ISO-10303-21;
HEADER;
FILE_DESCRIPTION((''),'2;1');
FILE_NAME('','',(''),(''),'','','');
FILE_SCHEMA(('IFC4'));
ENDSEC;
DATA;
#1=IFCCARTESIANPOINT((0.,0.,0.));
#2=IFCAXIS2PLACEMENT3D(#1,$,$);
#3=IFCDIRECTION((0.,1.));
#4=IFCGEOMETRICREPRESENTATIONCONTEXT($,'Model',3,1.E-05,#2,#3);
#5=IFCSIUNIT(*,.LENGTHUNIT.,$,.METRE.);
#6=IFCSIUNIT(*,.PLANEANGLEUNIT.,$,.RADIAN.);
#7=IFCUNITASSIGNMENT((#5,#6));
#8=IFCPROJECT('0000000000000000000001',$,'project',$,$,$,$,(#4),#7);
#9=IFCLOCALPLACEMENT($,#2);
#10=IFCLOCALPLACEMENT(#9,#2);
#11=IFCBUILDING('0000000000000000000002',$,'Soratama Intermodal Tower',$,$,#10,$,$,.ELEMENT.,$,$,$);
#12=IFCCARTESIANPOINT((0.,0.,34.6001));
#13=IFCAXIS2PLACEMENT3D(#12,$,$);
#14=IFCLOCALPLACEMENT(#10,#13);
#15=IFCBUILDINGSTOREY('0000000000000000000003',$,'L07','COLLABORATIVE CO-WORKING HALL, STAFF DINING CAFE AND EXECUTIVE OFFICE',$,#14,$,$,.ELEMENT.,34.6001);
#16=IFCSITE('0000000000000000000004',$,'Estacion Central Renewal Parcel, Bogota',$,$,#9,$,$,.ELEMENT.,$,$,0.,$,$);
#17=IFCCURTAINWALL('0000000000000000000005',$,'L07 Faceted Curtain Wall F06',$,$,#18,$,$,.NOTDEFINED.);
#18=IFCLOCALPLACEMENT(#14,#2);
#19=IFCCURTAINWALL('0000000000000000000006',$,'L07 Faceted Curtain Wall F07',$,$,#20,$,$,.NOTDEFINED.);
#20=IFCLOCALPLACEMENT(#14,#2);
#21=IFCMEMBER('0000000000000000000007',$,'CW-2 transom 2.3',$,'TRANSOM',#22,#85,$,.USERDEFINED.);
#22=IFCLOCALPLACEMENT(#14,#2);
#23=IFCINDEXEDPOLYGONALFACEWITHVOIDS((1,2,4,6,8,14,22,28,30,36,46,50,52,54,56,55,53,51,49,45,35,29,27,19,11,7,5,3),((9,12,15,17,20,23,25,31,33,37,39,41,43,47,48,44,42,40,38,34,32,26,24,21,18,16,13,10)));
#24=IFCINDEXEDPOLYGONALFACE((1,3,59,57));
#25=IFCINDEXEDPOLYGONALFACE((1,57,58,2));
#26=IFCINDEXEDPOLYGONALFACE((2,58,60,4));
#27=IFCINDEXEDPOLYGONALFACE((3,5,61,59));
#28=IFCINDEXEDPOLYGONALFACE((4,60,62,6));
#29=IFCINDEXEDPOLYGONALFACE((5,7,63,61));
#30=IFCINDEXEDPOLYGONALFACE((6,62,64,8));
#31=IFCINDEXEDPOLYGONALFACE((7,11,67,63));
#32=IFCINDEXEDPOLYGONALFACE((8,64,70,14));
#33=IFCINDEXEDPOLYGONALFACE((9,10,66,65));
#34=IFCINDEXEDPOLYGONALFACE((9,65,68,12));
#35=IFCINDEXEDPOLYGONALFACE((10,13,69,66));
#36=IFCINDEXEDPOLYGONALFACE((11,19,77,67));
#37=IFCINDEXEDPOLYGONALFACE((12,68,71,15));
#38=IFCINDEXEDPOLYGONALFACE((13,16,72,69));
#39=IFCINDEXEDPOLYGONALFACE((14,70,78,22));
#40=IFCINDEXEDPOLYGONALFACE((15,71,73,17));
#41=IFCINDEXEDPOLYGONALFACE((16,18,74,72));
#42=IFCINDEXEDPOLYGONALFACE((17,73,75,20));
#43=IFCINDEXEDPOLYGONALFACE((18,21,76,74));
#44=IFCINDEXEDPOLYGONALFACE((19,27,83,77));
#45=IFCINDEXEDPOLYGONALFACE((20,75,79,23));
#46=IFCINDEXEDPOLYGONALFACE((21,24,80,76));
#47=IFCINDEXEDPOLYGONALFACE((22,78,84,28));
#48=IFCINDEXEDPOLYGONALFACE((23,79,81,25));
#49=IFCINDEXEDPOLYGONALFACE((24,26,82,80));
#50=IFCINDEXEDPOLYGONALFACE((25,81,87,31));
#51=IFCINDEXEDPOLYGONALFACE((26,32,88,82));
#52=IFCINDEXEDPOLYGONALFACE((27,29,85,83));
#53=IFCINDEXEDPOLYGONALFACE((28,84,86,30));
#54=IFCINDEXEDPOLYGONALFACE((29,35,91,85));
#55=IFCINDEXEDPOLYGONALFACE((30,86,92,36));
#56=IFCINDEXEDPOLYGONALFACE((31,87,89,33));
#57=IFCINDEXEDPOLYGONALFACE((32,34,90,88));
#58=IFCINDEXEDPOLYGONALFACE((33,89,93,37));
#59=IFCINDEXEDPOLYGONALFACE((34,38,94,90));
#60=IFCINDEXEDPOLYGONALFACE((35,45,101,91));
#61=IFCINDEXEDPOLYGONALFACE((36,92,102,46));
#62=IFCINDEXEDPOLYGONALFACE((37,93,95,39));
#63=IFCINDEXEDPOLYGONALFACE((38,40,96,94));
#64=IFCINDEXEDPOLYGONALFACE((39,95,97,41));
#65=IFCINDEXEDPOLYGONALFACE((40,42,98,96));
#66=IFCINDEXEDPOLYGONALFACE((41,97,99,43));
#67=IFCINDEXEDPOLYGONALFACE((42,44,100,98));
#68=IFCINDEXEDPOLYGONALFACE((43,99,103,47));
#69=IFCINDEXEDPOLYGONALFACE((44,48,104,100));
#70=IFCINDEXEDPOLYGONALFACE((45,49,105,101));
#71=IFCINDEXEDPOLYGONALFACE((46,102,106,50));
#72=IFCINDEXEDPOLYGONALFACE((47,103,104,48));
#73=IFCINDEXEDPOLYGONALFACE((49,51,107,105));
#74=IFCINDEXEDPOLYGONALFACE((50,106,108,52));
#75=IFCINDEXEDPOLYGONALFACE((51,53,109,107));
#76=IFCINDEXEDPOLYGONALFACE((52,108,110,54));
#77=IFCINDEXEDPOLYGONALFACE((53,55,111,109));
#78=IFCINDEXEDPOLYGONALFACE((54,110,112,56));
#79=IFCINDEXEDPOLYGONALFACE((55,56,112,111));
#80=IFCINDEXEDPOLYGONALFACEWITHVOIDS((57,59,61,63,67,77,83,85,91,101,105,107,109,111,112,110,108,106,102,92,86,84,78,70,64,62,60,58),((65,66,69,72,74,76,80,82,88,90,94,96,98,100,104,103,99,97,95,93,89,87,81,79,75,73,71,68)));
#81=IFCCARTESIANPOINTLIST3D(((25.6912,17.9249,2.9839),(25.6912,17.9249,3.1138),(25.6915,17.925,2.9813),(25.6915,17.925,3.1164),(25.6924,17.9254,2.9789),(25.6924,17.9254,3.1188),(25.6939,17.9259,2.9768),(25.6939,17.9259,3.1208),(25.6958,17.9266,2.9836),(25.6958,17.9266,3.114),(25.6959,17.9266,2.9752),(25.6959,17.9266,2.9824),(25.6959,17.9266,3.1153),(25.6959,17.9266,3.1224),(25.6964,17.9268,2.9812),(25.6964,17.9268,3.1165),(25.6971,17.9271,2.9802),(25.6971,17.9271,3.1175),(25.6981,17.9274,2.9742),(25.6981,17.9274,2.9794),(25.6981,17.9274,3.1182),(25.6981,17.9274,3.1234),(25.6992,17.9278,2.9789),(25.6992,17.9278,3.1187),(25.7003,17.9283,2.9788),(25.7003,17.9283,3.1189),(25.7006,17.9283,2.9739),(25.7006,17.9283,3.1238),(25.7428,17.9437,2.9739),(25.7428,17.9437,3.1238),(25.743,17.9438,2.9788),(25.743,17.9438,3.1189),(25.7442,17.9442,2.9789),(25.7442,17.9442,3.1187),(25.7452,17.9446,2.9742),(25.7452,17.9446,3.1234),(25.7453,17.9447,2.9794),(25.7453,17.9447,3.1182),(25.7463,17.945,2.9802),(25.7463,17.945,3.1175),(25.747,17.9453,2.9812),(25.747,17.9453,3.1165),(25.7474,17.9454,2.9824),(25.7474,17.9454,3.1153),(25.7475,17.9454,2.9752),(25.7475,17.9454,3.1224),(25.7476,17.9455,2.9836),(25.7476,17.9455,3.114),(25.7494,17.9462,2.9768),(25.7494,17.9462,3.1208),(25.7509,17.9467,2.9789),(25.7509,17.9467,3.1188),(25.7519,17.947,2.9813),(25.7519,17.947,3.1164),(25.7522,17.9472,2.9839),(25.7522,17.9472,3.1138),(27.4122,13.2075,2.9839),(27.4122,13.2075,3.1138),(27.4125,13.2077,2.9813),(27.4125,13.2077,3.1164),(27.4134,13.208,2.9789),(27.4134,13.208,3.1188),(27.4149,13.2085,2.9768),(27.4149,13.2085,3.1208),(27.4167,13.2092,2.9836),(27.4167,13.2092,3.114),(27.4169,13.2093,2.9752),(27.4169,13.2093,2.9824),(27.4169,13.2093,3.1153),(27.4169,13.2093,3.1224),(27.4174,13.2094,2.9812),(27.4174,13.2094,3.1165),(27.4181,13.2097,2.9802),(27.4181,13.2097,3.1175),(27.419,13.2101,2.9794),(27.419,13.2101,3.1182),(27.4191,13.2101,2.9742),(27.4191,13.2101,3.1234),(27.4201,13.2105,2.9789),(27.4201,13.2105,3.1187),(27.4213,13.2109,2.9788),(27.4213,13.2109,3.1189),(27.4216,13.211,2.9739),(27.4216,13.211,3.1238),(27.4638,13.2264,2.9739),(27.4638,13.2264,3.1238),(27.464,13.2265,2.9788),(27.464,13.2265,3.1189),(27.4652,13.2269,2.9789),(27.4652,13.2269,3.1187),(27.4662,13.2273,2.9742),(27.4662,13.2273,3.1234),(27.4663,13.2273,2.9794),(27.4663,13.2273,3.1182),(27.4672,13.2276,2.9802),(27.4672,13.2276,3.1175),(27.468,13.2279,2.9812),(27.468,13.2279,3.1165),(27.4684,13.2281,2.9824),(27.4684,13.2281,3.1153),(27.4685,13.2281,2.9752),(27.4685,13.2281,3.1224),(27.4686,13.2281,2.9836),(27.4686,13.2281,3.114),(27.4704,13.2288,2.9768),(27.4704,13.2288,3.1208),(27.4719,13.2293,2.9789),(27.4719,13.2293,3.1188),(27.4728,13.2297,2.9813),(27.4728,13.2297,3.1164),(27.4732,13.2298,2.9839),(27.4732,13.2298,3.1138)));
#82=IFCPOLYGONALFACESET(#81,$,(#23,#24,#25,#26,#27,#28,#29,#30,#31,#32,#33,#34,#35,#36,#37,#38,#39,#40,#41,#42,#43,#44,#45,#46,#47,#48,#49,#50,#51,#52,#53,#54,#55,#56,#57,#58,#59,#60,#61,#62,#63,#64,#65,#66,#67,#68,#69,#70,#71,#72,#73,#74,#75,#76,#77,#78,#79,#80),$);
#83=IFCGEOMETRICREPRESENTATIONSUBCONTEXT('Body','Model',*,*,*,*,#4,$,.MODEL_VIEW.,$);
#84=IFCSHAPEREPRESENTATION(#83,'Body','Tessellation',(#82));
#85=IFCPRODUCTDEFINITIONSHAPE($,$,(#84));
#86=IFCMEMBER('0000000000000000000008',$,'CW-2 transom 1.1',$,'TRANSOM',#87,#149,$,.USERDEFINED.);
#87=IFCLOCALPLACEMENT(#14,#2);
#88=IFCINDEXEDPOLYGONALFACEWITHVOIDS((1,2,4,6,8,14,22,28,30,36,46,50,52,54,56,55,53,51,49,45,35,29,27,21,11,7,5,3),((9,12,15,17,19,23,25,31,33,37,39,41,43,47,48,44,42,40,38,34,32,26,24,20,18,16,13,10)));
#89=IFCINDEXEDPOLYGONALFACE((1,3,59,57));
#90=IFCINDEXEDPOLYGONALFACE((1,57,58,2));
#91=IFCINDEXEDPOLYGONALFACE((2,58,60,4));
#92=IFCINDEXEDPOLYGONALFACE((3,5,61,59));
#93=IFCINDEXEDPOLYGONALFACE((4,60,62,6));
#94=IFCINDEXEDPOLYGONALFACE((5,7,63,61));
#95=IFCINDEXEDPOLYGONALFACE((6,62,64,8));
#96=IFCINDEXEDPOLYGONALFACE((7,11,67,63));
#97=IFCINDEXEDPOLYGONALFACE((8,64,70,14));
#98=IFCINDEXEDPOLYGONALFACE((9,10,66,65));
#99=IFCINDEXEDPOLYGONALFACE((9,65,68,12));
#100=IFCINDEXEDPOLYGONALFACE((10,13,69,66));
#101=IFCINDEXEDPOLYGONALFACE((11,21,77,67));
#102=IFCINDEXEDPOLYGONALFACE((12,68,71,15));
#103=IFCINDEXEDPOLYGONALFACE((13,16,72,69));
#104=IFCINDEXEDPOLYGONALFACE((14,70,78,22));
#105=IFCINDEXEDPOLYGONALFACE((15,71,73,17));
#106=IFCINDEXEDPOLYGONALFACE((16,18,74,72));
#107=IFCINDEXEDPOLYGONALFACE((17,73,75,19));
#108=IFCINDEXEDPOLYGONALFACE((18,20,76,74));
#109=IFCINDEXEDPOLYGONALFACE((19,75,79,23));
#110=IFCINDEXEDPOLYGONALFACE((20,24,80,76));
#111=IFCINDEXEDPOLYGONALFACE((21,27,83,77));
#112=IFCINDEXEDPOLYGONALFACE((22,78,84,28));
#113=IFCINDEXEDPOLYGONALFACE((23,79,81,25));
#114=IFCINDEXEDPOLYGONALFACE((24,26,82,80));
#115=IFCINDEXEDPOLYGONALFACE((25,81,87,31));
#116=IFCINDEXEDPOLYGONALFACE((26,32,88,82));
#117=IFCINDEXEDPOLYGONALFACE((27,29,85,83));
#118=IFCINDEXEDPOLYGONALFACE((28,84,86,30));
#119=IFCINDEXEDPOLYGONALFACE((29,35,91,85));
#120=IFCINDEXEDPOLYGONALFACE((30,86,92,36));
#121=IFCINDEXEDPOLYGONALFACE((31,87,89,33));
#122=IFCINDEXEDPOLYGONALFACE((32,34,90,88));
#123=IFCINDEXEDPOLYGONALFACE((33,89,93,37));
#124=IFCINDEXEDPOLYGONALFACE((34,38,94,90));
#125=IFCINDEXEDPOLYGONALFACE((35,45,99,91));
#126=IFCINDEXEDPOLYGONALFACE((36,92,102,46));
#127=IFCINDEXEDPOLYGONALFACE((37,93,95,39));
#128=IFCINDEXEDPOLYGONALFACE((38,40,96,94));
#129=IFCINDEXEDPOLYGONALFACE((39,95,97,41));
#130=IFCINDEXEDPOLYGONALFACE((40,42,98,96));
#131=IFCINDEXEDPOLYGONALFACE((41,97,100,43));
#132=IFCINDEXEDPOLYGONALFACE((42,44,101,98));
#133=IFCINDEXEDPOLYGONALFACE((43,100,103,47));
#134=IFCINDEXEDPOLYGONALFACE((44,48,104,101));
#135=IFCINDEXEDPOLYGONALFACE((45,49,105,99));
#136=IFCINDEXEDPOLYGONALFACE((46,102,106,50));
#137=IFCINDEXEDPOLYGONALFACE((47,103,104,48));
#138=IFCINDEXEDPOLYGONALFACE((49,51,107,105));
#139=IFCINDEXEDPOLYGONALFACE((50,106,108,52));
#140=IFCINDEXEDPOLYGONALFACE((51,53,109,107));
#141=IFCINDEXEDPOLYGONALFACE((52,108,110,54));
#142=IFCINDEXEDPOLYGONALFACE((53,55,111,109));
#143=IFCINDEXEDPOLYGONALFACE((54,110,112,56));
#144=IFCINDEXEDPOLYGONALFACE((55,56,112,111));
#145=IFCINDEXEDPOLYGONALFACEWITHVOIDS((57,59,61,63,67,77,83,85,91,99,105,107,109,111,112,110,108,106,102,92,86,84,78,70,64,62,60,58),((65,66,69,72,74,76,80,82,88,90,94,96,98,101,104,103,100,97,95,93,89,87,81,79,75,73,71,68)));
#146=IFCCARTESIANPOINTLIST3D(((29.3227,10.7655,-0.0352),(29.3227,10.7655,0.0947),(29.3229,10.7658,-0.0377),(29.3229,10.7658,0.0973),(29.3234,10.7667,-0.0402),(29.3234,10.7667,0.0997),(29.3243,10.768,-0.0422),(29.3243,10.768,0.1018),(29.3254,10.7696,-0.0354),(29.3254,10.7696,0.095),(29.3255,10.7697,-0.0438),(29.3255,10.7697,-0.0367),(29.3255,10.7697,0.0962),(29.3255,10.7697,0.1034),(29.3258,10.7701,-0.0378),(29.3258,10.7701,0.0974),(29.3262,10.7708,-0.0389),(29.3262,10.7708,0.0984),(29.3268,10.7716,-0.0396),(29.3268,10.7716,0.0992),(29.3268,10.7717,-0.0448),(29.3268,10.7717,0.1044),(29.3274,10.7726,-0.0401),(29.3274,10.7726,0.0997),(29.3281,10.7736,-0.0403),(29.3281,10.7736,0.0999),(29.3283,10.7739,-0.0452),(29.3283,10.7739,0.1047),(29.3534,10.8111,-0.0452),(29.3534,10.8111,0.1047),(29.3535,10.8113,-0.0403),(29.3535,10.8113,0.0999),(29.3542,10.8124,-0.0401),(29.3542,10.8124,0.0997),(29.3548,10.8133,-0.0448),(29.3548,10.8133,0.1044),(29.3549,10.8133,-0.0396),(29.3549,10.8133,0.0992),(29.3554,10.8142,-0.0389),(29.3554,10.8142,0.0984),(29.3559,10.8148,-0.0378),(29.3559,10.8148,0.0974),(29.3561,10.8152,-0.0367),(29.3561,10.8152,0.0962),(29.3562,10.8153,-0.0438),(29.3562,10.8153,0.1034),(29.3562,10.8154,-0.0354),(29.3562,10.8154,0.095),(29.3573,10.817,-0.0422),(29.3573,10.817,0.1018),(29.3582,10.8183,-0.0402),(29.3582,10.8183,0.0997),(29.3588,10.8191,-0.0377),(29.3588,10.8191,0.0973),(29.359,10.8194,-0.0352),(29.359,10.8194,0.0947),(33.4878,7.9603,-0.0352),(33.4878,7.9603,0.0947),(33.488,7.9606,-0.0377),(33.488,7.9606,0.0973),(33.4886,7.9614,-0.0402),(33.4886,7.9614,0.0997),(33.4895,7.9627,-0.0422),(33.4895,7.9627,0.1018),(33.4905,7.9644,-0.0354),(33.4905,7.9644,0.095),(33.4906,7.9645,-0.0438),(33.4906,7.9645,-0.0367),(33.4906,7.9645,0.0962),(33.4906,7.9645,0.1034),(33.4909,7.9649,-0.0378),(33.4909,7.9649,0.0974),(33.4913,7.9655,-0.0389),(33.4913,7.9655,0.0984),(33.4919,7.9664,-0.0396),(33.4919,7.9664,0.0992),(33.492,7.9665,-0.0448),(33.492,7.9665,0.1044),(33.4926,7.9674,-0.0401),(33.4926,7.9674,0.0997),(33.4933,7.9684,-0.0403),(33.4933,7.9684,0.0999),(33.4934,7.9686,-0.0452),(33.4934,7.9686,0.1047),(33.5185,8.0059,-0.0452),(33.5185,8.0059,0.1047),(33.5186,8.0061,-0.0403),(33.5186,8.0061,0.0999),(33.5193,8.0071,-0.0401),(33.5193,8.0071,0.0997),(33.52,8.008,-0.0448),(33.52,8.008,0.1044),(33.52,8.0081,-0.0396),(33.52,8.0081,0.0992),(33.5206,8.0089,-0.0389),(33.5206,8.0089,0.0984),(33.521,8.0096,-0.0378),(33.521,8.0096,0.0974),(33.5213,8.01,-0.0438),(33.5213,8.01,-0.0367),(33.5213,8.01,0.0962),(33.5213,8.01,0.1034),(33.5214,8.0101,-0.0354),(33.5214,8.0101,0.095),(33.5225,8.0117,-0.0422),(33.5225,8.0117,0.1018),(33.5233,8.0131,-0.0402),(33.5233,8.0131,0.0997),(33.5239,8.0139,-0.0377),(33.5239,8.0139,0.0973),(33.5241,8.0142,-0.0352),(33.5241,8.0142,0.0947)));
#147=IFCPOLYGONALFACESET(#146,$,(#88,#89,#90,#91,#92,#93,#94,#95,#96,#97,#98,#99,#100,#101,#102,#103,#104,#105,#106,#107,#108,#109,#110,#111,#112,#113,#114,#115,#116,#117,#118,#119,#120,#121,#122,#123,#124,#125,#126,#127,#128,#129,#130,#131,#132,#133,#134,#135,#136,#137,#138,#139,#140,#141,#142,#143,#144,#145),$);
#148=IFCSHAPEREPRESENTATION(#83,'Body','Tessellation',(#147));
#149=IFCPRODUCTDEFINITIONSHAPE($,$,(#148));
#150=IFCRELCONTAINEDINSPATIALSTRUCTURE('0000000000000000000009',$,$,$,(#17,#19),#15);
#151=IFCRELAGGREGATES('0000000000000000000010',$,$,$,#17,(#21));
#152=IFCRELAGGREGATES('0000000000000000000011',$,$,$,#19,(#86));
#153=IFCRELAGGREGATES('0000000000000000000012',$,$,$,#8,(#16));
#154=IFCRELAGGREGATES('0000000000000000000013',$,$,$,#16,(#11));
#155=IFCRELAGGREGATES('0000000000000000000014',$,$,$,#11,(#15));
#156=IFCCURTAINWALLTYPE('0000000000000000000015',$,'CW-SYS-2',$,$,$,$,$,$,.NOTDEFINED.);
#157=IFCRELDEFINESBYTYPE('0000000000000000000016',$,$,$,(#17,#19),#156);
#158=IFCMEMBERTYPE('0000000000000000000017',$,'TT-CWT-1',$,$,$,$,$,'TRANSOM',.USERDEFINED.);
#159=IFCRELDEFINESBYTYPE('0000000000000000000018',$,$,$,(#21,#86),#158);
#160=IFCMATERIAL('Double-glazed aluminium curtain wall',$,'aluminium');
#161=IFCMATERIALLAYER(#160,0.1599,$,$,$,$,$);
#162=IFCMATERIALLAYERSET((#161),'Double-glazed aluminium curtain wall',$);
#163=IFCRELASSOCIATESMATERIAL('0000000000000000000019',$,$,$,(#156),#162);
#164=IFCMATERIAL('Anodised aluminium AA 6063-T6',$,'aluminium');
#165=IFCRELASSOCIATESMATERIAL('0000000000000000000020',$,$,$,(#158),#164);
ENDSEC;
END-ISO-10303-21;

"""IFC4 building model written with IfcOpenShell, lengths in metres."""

from ifc_helpers import new_model, si_unit, direction, frame, origin, origin_2d, place, context, subcontext, project, spatial, hollow_rectangle, extrude, material, layer, layer_set, material_profile, profile_set, type_object, element, aggregate, save


model = new_model("IFC4")

# Units and contexts
model_context = context("Model", 3, precision=1e-05, world=origin(), true_north=direction((0.0, 1.0)))
body_context = subcontext(model_context, "Body", "Model", "MODEL_VIEW")
ifc_project = project(units=[si_unit("LENGTHUNIT", "METRE"), si_unit("PLANEANGLEUNIT", "RADIAN")], contexts=[model_context])

# Site, building, storey
site_placement = place(None, origin())
site = spatial("IfcSite", under=ifc_project, at=site_placement, Name="Estacion Central Renewal Parcel, Bogota", CompositionType="ELEMENT", RefElevation=0.0)
building_placement = place(site_placement, origin())
building = spatial("IfcBuilding", under=site, at=building_placement, Name="Soratama Intermodal Tower", CompositionType="ELEMENT")
storey_placement = place(building_placement, frame((0.0, 0.0, 34.6001)))
storey = spatial("IfcBuildingStorey", under=building, at=storey_placement, Name="L07", Description="COLLABORATIVE CO-WORKING HALL, STAFF DINING CAFE AND EXECUTIVE OFFICE", CompositionType="ELEMENT", Elevation=34.6001)

# Curtain walls
ifc_material_1 = material(Name="Double-glazed aluminium curtain wall", Category="aluminium")
ifc_layer_1 = layer(ifc_material_1, 0.1599)
ifc_layer_set_1 = layer_set([ifc_layer_1], Name="Double-glazed aluminium curtain wall")
curtain_wall_type = type_object("IfcCurtainWallType", Name="CW-SYS-2", PredefinedType="NOTDEFINED", material=ifc_layer_set_1)
curtain_wall_1_placement = place(storey_placement, origin())
curtain_wall_1 = element("IfcCurtainWall", 1, at=curtain_wall_1_placement, inside=storey, type_object=curtain_wall_type, Name="L07 Faceted Curtain Wall F06", PredefinedType="NOTDEFINED")
curtain_wall_2_placement = place(storey_placement, origin())
curtain_wall_2 = element("IfcCurtainWall", 2, at=curtain_wall_2_placement, inside=storey, type_object=curtain_wall_type, Name="L07 Faceted Curtain Wall F07", PredefinedType="NOTDEFINED")

# Members
ifc_material_2 = material(Name="Anodised aluminium AA 6063-T6", Category="aluminium")
ifc_material_profile_1 = material_profile(ifc_material_2, hollow_rectangle(XDim=0.0649, YDim=0.1499, WallThickness=0.0049, InnerFilletRadius=0.0049, OuterFilletRadius=0.01, at=origin_2d()), Name="CWT150X65X5")
ifc_profile_set_1 = profile_set([ifc_material_profile_1], Name="Anodised aluminium AA 6063-T6")
member_type_1 = type_object("IfcMemberType", Name="TT-CWT-1", ElementType="TRANSOM", PredefinedType="USERDEFINED", material=ifc_profile_set_1)
member_1_placement = place(storey_placement, frame((25.7217, 17.936, 3.0488), z_axis=(0.342723, -0.939437, 0.0), x_axis=(0.939437, 0.342723, 0.0)))
member_1 = element("IfcMember", 3, at=member_1_placement, type_object=member_type_1, Name="CW-2 transom 2.3", ObjectType="TRANSOM", PredefinedType="USERDEFINED", context=body_context, shape_type="SweptSolid", body=[
    extrude(hollow_rectangle(XDim=0.0649, YDim=0.1499, WallThickness=0.0049, InnerFilletRadius=0.0049, OuterFilletRadius=0.01, at=origin_2d()), origin(), (0.0, 0.0, 1.0), 5.0215),
])
member_2_placement = place(storey_placement, frame((29.3408, 10.7925, 0.0298), z_axis=(0.829423, -0.558621, 0.0), x_axis=(0.558621, 0.829423, 0.0)))
member_2 = element("IfcMember", 4, at=member_2_placement, type_object=member_type_1, Name="CW-2 transom 1.1", ObjectType="TRANSOM", PredefinedType="USERDEFINED", context=body_context, shape_type="SweptSolid", body=[
    extrude(hollow_rectangle(XDim=0.0649, YDim=0.1499, WallThickness=0.0049, InnerFilletRadius=0.0049, OuterFilletRadius=0.01, at=origin_2d()), origin(), (0.0, 0.0, 1.0), 5.0217),
])

aggregate(curtain_wall_1, [member_1])
aggregate(curtain_wall_2, [member_2])

save(model, "model.ifc")
